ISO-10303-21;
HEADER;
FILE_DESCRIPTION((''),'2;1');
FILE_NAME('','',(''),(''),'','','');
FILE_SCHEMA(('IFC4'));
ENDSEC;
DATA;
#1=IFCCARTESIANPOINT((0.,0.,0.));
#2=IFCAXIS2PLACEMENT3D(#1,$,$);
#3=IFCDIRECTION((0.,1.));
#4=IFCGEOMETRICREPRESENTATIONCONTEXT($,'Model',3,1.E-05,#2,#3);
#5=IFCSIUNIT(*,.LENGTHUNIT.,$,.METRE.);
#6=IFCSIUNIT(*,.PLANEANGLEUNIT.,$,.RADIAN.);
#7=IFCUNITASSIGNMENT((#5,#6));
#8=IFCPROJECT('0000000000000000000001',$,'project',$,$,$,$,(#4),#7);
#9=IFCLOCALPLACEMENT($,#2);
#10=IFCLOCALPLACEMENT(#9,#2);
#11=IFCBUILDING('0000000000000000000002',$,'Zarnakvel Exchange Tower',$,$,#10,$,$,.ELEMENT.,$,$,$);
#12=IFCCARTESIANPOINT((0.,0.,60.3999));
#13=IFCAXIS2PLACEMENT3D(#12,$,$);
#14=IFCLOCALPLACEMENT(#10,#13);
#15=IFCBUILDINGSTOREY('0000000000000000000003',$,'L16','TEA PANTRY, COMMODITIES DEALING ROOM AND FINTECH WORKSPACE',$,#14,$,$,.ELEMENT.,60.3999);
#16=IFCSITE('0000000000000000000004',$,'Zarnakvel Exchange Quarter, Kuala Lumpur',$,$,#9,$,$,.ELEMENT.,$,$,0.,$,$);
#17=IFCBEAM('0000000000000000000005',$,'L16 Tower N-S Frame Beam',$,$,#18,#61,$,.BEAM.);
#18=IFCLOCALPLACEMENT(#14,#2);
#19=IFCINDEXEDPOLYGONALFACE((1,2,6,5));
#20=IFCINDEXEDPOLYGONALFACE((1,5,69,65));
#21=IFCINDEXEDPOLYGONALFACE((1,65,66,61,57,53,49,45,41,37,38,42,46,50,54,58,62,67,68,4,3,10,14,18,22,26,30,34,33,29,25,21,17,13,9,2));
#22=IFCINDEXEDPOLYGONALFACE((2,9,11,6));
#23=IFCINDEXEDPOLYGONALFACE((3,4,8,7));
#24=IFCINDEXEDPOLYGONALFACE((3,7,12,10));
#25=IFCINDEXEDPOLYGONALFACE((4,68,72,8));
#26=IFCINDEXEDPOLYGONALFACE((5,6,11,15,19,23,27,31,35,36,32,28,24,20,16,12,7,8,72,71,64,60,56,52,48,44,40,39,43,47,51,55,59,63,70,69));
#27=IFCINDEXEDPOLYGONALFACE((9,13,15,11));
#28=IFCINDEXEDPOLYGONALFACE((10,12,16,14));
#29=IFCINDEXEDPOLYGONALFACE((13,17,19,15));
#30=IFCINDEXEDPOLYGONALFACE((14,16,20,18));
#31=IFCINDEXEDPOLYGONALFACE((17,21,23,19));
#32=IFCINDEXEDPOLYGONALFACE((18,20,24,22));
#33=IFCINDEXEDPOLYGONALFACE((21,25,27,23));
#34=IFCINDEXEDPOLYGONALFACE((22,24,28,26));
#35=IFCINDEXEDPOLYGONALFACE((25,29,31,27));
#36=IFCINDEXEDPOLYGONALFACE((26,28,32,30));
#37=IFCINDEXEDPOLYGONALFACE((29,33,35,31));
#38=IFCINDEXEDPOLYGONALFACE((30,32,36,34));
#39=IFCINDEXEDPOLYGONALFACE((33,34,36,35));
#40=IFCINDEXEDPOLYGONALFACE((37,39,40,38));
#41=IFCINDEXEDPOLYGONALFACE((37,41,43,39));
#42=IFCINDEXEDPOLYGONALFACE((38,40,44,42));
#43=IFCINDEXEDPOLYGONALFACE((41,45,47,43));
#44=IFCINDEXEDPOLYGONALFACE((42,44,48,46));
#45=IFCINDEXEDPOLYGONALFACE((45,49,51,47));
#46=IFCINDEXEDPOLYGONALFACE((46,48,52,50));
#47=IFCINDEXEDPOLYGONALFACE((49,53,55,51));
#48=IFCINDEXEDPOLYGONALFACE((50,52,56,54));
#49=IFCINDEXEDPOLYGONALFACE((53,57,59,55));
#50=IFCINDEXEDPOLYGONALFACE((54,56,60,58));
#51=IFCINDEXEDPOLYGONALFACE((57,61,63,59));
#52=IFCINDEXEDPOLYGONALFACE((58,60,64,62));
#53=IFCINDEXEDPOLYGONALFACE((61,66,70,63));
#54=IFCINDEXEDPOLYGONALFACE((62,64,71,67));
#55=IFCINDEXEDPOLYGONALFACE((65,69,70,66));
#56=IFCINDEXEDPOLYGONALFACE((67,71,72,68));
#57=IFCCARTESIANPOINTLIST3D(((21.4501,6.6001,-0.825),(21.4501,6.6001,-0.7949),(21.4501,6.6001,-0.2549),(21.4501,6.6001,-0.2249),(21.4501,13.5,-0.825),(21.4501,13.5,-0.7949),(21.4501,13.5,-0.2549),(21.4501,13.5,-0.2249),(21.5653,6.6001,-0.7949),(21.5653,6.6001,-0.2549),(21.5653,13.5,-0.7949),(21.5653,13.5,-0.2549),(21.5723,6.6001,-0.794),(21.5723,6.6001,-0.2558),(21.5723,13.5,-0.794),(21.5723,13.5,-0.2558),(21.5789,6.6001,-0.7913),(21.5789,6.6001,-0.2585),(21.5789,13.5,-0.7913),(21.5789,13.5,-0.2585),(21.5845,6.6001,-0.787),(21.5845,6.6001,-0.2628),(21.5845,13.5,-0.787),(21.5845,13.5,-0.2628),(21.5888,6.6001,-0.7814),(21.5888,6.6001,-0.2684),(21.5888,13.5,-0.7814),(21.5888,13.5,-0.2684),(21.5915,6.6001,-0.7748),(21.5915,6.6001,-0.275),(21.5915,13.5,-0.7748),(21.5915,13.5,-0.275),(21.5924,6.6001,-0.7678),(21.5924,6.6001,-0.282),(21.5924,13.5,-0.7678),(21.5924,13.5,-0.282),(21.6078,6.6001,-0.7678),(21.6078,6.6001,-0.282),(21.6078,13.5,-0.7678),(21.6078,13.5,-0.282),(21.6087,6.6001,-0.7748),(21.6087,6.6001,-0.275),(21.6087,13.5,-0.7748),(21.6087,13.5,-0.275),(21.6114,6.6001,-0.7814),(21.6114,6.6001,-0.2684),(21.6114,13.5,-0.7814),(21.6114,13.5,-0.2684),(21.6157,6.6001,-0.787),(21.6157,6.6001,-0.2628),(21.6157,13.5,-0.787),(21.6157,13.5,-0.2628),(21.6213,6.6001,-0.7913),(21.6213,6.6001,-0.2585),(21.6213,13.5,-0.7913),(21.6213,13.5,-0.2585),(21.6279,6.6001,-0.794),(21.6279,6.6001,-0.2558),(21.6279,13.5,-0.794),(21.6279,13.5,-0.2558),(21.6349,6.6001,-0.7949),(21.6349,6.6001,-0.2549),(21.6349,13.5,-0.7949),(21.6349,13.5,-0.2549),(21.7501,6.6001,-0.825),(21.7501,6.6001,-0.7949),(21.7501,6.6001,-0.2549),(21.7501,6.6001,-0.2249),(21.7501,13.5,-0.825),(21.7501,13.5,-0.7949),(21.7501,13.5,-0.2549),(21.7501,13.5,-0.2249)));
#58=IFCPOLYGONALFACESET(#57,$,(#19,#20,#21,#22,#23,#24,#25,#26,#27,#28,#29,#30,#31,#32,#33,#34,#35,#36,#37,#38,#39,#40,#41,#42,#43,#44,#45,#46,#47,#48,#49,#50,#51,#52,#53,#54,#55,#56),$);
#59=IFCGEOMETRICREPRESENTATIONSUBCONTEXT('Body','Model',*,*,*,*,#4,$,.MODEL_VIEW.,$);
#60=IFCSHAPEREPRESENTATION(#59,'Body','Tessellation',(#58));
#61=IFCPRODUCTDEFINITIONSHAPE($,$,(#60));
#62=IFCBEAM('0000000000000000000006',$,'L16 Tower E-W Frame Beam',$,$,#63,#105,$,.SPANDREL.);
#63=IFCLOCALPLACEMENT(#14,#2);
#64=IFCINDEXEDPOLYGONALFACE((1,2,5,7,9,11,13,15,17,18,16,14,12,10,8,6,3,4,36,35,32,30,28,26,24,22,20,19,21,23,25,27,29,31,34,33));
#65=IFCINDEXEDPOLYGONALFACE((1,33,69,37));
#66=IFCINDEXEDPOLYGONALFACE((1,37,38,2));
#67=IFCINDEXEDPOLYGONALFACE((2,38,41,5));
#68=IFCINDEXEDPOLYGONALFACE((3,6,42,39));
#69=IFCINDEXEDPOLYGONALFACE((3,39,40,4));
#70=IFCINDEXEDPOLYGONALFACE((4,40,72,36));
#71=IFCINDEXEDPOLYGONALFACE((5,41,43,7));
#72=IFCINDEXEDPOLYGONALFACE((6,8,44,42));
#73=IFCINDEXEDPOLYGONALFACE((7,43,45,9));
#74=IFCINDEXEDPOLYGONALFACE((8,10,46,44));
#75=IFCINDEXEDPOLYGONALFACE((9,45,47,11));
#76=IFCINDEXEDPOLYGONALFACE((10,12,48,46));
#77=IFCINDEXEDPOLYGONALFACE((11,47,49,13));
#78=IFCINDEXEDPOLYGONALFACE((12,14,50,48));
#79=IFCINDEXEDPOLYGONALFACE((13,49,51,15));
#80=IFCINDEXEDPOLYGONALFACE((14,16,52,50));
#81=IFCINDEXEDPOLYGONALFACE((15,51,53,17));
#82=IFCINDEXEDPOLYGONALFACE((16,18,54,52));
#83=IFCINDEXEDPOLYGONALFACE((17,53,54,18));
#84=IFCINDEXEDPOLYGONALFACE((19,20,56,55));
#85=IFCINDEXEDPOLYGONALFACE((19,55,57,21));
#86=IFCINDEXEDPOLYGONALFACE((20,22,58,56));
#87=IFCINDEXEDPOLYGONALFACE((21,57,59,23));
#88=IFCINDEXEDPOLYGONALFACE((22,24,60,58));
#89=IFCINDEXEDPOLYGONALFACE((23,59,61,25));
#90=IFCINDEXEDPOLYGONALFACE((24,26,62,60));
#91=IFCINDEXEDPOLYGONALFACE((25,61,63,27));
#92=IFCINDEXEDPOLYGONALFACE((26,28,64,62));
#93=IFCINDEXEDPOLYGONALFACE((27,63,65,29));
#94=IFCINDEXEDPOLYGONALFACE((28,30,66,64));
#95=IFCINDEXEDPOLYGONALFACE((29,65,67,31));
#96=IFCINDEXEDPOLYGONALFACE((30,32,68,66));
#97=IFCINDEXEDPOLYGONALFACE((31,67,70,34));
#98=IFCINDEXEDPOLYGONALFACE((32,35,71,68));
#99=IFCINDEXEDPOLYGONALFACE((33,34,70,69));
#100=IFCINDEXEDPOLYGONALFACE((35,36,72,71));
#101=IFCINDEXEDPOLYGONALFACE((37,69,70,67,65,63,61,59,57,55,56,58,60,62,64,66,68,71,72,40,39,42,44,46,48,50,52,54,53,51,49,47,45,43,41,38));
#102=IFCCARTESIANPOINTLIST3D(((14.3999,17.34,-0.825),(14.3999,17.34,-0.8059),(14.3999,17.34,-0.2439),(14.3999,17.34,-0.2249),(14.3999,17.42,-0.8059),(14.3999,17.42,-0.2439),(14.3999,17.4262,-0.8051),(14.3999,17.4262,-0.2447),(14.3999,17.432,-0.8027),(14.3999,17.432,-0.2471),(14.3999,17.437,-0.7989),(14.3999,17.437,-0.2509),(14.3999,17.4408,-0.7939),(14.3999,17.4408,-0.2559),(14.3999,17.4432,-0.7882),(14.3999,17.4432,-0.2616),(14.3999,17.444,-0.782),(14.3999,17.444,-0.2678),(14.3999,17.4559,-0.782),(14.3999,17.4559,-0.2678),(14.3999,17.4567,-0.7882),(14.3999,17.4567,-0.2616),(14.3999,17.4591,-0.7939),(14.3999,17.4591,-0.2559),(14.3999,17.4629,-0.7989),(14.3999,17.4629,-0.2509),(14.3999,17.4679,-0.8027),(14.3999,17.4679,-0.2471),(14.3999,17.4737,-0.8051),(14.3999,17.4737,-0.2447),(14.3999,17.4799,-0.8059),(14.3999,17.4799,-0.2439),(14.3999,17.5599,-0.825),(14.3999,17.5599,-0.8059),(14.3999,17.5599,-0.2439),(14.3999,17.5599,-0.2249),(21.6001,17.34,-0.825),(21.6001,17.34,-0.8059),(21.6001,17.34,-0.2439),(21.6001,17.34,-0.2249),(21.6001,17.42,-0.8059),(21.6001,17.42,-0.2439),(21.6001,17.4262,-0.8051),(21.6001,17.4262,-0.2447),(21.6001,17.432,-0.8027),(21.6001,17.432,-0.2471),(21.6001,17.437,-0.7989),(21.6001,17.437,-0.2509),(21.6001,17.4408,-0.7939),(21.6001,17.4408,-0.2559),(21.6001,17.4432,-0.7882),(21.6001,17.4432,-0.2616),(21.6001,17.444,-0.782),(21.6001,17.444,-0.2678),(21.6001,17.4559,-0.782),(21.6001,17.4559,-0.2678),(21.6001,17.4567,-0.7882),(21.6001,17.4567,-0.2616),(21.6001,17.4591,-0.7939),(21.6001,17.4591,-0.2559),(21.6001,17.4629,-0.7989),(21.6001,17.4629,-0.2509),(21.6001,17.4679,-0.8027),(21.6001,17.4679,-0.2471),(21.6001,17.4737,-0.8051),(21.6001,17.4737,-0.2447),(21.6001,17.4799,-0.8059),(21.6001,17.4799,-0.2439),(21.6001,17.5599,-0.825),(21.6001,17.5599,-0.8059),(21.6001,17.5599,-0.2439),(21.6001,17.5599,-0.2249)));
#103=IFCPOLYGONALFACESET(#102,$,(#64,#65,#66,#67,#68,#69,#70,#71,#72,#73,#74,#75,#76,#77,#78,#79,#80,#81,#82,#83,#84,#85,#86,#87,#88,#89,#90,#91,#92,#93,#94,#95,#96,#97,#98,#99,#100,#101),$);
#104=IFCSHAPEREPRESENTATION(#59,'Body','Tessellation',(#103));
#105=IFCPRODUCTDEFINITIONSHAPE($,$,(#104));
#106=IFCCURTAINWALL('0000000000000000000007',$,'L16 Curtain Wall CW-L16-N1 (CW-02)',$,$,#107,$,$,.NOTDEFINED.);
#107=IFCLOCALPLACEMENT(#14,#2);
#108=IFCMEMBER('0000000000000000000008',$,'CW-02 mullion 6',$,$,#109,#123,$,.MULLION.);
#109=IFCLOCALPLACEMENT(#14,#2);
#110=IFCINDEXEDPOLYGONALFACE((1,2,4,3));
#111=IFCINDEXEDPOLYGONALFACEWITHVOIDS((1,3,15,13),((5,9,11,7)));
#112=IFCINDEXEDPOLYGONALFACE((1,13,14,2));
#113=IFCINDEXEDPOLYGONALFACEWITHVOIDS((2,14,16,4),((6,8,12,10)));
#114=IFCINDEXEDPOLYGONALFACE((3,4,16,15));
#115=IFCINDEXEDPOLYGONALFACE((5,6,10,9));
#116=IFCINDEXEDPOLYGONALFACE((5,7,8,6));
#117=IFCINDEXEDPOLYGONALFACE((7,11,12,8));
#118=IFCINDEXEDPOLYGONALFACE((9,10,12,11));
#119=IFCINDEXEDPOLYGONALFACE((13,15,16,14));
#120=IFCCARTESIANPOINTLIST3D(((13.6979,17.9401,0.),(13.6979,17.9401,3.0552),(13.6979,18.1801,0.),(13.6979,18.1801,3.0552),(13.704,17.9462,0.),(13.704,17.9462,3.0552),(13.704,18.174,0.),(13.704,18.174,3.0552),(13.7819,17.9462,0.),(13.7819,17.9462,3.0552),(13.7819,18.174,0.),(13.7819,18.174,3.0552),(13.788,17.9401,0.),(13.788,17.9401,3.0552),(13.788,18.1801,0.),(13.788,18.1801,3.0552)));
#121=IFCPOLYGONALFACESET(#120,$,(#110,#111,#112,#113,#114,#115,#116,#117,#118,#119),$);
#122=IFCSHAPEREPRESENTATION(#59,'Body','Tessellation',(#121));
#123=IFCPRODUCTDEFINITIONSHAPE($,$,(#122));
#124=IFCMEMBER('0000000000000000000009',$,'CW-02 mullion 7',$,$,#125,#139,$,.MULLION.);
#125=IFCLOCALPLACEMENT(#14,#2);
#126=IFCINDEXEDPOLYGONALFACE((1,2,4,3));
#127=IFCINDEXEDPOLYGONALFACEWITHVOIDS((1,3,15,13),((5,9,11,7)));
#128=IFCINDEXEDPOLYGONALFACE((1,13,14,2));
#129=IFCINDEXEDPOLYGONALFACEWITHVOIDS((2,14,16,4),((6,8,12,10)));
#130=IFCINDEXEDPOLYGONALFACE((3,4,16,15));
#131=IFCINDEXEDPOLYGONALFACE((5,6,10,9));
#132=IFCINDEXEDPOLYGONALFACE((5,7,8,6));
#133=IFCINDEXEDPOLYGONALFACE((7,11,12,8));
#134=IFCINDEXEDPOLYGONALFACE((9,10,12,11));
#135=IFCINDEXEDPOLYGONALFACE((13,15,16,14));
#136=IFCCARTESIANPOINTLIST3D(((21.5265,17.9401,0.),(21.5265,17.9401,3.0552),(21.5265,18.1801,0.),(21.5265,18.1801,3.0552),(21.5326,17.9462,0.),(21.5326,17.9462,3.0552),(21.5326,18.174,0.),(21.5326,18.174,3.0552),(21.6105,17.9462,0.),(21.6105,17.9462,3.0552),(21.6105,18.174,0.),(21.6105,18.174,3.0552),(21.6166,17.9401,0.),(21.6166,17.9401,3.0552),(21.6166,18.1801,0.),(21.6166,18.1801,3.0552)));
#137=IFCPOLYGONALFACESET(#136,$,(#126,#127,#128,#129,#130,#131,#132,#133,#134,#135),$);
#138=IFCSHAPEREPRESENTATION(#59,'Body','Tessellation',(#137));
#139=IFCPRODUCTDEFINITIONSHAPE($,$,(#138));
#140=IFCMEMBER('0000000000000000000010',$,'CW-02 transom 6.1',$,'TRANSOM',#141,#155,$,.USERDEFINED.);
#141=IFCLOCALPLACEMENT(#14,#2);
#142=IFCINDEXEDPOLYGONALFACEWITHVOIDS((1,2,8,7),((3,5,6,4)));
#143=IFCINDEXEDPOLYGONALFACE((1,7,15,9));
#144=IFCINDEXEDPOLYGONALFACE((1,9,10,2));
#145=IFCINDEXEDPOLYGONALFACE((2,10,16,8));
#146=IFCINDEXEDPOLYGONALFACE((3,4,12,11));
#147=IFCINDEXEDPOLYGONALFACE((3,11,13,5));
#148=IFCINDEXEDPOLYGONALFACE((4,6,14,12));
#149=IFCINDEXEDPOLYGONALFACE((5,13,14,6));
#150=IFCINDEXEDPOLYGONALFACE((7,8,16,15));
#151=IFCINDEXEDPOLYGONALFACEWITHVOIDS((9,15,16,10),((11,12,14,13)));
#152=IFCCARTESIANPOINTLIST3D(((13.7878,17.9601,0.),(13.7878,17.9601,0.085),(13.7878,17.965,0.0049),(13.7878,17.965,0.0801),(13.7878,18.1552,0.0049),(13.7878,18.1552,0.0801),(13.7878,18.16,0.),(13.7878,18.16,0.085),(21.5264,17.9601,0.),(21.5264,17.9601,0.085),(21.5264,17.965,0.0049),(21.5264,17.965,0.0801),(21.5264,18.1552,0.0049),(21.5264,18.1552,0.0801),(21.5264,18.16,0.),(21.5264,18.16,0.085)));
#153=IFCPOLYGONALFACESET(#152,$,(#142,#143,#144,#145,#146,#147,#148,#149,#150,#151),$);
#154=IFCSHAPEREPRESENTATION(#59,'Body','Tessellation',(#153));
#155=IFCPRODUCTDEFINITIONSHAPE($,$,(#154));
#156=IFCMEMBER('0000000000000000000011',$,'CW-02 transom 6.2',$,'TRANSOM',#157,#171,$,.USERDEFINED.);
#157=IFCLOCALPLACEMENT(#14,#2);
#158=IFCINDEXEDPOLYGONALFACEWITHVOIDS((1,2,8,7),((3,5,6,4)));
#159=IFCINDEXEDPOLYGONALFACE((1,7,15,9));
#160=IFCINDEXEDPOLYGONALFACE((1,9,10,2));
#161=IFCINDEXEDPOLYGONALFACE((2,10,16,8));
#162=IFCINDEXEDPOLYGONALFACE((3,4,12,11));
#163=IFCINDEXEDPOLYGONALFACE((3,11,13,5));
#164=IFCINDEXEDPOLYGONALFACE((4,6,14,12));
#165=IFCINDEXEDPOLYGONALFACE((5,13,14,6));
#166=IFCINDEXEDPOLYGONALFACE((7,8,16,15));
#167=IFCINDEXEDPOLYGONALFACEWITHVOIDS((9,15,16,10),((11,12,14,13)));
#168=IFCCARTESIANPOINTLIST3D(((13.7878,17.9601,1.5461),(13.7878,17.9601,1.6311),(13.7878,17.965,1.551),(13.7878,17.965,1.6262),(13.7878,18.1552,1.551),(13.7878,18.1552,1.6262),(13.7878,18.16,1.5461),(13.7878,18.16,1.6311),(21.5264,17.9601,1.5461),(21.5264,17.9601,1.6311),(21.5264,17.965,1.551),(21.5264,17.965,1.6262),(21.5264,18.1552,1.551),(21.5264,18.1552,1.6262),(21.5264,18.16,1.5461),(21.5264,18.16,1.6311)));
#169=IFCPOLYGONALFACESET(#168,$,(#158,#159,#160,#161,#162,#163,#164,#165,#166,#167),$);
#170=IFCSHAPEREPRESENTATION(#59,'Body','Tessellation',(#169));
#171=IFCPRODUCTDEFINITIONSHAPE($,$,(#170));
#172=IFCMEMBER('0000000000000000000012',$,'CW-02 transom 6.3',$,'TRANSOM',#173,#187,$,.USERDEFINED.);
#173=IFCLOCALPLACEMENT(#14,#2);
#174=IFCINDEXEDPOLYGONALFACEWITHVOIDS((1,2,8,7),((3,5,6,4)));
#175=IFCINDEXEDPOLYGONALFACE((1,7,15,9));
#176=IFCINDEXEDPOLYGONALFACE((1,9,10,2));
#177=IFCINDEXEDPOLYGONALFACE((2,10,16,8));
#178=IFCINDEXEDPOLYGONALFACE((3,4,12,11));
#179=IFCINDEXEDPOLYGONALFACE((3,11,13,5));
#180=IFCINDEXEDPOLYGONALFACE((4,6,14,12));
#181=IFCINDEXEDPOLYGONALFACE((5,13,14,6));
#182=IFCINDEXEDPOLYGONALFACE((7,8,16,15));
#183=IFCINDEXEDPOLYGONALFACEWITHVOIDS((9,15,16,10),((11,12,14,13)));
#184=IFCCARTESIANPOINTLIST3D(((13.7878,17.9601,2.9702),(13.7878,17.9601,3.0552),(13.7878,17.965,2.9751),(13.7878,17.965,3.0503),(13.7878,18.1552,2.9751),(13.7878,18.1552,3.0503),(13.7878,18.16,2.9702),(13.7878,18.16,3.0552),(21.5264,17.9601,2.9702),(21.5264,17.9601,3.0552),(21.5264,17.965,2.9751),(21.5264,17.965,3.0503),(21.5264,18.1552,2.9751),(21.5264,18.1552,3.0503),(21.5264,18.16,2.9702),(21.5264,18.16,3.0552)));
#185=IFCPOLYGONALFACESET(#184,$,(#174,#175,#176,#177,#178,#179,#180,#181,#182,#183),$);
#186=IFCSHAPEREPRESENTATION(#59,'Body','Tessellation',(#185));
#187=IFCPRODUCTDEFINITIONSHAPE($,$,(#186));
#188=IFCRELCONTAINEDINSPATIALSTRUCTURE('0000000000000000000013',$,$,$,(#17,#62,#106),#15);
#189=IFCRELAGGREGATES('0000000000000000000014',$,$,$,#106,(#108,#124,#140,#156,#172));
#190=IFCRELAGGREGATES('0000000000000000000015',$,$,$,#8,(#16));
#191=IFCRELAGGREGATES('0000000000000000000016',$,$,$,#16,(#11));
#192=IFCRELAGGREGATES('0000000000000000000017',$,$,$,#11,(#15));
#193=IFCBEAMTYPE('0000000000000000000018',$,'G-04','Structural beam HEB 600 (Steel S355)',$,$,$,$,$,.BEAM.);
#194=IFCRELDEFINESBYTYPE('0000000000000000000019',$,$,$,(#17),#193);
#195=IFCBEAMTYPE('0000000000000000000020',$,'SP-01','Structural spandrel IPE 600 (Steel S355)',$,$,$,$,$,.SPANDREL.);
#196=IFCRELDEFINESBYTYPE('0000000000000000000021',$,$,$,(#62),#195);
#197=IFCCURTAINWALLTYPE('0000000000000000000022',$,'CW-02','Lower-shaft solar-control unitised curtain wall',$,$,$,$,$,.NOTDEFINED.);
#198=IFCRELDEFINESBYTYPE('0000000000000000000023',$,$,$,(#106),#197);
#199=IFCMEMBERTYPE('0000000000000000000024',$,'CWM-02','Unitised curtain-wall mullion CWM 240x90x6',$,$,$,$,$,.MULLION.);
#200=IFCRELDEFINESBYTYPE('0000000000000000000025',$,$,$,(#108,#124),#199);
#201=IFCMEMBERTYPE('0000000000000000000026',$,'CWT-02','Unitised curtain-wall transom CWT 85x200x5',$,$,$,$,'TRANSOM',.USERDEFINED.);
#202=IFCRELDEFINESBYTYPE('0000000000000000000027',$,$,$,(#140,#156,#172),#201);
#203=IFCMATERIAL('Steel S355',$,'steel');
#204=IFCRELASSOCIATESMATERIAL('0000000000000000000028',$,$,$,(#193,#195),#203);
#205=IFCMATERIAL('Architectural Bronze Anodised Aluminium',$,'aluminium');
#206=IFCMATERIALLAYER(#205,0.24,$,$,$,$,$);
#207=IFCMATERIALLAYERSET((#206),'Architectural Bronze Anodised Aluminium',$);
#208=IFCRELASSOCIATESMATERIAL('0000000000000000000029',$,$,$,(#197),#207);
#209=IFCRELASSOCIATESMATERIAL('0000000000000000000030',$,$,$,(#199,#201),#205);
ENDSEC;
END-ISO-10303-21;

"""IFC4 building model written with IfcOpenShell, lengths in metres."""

from ifc_helpers import new_model, si_unit, direction, frame, origin, origin_2d, place, context, subcontext, project, spatial, hollow_rectangle, i_section, extrude, source, transform, mapped, material, layer, layer_set, material_profile, profile_set, type_object, element, aggregate, save


model = new_model("IFC4")

# Units and contexts
model_context = context("Model", 3, precision=1e-05, world=origin(), true_north=direction((0.0, 1.0)))
body_context = subcontext(model_context, "Body", "Model", "MODEL_VIEW")
ifc_project = project(units=[si_unit("LENGTHUNIT", "METRE"), si_unit("PLANEANGLEUNIT", "RADIAN")], contexts=[model_context])

# Site, building, storey
site_placement = place(None, origin())
site = spatial("IfcSite", under=ifc_project, at=site_placement, Name="Zarnakvel Exchange Quarter, Kuala Lumpur", CompositionType="ELEMENT", RefElevation=0.0)
building_placement = place(site_placement, origin())
building = spatial("IfcBuilding", under=site, at=building_placement, Name="Zarnakvel Exchange Tower", CompositionType="ELEMENT")
storey_placement = place(building_placement, frame((0.0, 0.0, 60.3999)))
storey = spatial("IfcBuildingStorey", under=building, at=storey_placement, Name="L16", Description="TEA PANTRY, COMMODITIES DEALING ROOM AND FINTECH WORKSPACE", CompositionType="ELEMENT", Elevation=60.3999)

# Beams
ifc_material_1 = material(Name="Steel S355", Category="steel")
ifc_material_profile_1 = material_profile(ifc_material_1, i_section(OverallWidth=0.3, OverallDepth=0.6001, WebThickness=0.0154, FlangeThickness=0.03, FilletRadius=0.0271, at=origin_2d()))
ifc_profile_set_1 = profile_set([ifc_material_profile_1], Name="Steel S355")
beam_type_1 = type_object("IfcBeamType", Name="G-04", Description="Structural beam HEB 600 (Steel S355)", PredefinedType="BEAM", material=ifc_profile_set_1)
beam_1_placement = place(storey_placement, frame((21.6001, 6.6001, -0.5249), z_axis=(0.0, 1.0, 0.0), x_axis=(-1.0, 0.0, 0.0)))
element("IfcBeam", 1, at=beam_1_placement, inside=storey, type_object=beam_type_1, Name="L16 Tower N-S Frame Beam", PredefinedType="BEAM", context=body_context, shape_type="SweptSolid", body=[
    extrude(i_section(OverallWidth=0.3, OverallDepth=0.6001, WebThickness=0.0154, FlangeThickness=0.03, FilletRadius=0.0271, at=origin_2d()), origin(), (0.0, 0.0, 1.0), 6.8999),
])
ifc_material_profile_2 = material_profile(ifc_material_1, i_section(OverallWidth=0.22, OverallDepth=0.6001, WebThickness=0.012, FlangeThickness=0.019, FilletRadius=0.0239, at=origin_2d()))
ifc_profile_set_2 = profile_set([ifc_material_profile_2], Name="Steel S355")
beam_type_2 = type_object("IfcBeamType", Name="SP-01", Description="Structural spandrel IPE 600 (Steel S355)", PredefinedType="SPANDREL", material=ifc_profile_set_2)
beam_2_placement = place(storey_placement, frame((14.3999, 17.45, -0.5249), z_axis=(1.0, 0.0, 0.0), x_axis=(0.0, 1.0, 0.0)))
element("IfcBeam", 2, at=beam_2_placement, inside=storey, type_object=beam_type_2, Name="L16 Tower E-W Frame Beam", PredefinedType="SPANDREL", context=body_context, shape_type="SweptSolid", body=[
    extrude(i_section(OverallWidth=0.22, OverallDepth=0.6001, WebThickness=0.012, FlangeThickness=0.019, FilletRadius=0.0239, at=origin_2d()), origin(), (0.0, 0.0, 1.0), 7.2002),
])

# Curtain wall, members
ifc_material_2 = material(Name="Architectural Bronze Anodised Aluminium", Category="aluminium")
ifc_layer_1 = layer(ifc_material_2, 0.24)
ifc_layer_set_1 = layer_set([ifc_layer_1], Name="Architectural Bronze Anodised Aluminium")
curtain_wall_type = type_object("IfcCurtainWallType", Name="CW-02", Description="Lower-shaft solar-control unitised curtain wall", PredefinedType="NOTDEFINED", material=ifc_layer_set_1)
curtain_wall_placement = place(storey_placement, origin())
curtain_wall = element("IfcCurtainWall", 3, at=curtain_wall_placement, inside=storey, type_object=curtain_wall_type, Name="L16 Curtain Wall CW-L16-N1 (CW-02)", PredefinedType="NOTDEFINED")
ifc_material_profile_3 = material_profile(ifc_material_2, hollow_rectangle(XDim=0.24, YDim=0.0901, WallThickness=0.0061, at=origin_2d()))
ifc_profile_set_3 = profile_set([ifc_material_profile_3], Name="Architectural Bronze Anodised Aluminium")
member_type_1 = type_object("IfcMemberType", Name="CWM-02", Description="Unitised curtain-wall mullion CWM 240x90x6", PredefinedType="MULLION", material=ifc_profile_set_3)
shared_shape_1 = source(origin(), body_context, "Body", "SweptSolid", [
    extrude(hollow_rectangle(XDim=0.24, YDim=0.0901, WallThickness=0.0061, at=origin_2d()), origin(), (0.0, 0.0, 1.0), 3.0552),
])
member_1_placement = place(storey_placement, frame((13.7429, 18.0601, 0.0), z_axis=(0.0, 0.0, 1.0), x_axis=(0.0, 1.0, 0.0)))
member_1 = element("IfcMember", 4, at=member_1_placement, type_object=member_type_1, Name="CW-02 mullion 6", PredefinedType="MULLION", context=body_context, shape_type="MappedRepresentation", body=[
    mapped(shared_shape_1, transform((0.0, 0.0, 0.0), x_axis=(1.0, 0.0, 0.0), y_axis=(0.0, 1.0, 0.0), z_axis=(0.0, 0.0, 1.0), scale=1.0)),
])
member_2_placement = place(storey_placement, frame((21.5715, 18.0601, 0.0), z_axis=(0.0, 0.0, 1.0), x_axis=(0.0, 1.0, 0.0)))
member_2 = element("IfcMember", 5, at=member_2_placement, type_object=member_type_1, Name="CW-02 mullion 7", PredefinedType="MULLION", context=body_context, shape_type="MappedRepresentation", body=[
    mapped(shared_shape_1, transform((0.0, 0.0, 0.0), x_axis=(1.0, 0.0, 0.0), y_axis=(0.0, 1.0, 0.0), z_axis=(0.0, 0.0, 1.0), scale=1.0)),
])
ifc_material_profile_4 = material_profile(ifc_material_2, hollow_rectangle(XDim=0.2, YDim=0.085, WallThickness=0.0049, at=origin_2d()))
ifc_profile_set_4 = profile_set([ifc_material_profile_4], Name="Architectural Bronze Anodised Aluminium")
member_type_2 = type_object("IfcMemberType", Name="CWT-02", Description="Unitised curtain-wall transom CWT 85x200x5", ElementType="TRANSOM", PredefinedType="USERDEFINED", material=ifc_profile_set_4)
shared_shape_2 = source(origin(), body_context, "Body", "SweptSolid", [
    extrude(hollow_rectangle(XDim=0.2, YDim=0.085, WallThickness=0.0049, at=origin_2d()), origin(), (0.0, 0.0, 1.0), 7.7385),
])
member_3_placement = place(storey_placement, frame((13.7878, 18.0601, 0.0425), z_axis=(1.0, 0.0, 0.0), x_axis=(0.0, 1.0, 0.0)))
member_3 = element("IfcMember", 6, at=member_3_placement, type_object=member_type_2, Name="CW-02 transom 6.1", ObjectType="TRANSOM", PredefinedType="USERDEFINED", context=body_context, shape_type="MappedRepresentation", body=[
    mapped(shared_shape_2, transform((0.0, 0.0, 0.0), x_axis=(1.0, 0.0, 0.0), y_axis=(0.0, 1.0, 0.0), z_axis=(0.0, 0.0, 1.0), scale=1.0)),
])
member_4_placement = place(storey_placement, frame((13.7878, 18.0601, 1.5886), z_axis=(1.0, 0.0, 0.0), x_axis=(0.0, 1.0, 0.0)))
member_4 = element("IfcMember", 7, at=member_4_placement, type_object=member_type_2, Name="CW-02 transom 6.2", ObjectType="TRANSOM", PredefinedType="USERDEFINED", context=body_context, shape_type="MappedRepresentation", body=[
    mapped(shared_shape_2, transform((0.0, 0.0, 0.0), x_axis=(1.0, 0.0, 0.0), y_axis=(0.0, 1.0, 0.0), z_axis=(0.0, 0.0, 1.0), scale=1.0)),
])
member_5_placement = place(storey_placement, frame((13.7878, 18.0601, 3.0127), z_axis=(1.0, 0.0, 0.0), x_axis=(0.0, 1.0, 0.0)))
member_5 = element("IfcMember", 8, at=member_5_placement, type_object=member_type_2, Name="CW-02 transom 6.3", ObjectType="TRANSOM", PredefinedType="USERDEFINED", context=body_context, shape_type="MappedRepresentation", body=[
    mapped(shared_shape_2, transform((0.0, 0.0, 0.0), x_axis=(1.0, 0.0, 0.0), y_axis=(0.0, 1.0, 0.0), z_axis=(0.0, 0.0, 1.0), scale=1.0)),
])
aggregate(curtain_wall, [member_1, member_2, member_3, member_4, member_5])

save(model, "model.ifc")
